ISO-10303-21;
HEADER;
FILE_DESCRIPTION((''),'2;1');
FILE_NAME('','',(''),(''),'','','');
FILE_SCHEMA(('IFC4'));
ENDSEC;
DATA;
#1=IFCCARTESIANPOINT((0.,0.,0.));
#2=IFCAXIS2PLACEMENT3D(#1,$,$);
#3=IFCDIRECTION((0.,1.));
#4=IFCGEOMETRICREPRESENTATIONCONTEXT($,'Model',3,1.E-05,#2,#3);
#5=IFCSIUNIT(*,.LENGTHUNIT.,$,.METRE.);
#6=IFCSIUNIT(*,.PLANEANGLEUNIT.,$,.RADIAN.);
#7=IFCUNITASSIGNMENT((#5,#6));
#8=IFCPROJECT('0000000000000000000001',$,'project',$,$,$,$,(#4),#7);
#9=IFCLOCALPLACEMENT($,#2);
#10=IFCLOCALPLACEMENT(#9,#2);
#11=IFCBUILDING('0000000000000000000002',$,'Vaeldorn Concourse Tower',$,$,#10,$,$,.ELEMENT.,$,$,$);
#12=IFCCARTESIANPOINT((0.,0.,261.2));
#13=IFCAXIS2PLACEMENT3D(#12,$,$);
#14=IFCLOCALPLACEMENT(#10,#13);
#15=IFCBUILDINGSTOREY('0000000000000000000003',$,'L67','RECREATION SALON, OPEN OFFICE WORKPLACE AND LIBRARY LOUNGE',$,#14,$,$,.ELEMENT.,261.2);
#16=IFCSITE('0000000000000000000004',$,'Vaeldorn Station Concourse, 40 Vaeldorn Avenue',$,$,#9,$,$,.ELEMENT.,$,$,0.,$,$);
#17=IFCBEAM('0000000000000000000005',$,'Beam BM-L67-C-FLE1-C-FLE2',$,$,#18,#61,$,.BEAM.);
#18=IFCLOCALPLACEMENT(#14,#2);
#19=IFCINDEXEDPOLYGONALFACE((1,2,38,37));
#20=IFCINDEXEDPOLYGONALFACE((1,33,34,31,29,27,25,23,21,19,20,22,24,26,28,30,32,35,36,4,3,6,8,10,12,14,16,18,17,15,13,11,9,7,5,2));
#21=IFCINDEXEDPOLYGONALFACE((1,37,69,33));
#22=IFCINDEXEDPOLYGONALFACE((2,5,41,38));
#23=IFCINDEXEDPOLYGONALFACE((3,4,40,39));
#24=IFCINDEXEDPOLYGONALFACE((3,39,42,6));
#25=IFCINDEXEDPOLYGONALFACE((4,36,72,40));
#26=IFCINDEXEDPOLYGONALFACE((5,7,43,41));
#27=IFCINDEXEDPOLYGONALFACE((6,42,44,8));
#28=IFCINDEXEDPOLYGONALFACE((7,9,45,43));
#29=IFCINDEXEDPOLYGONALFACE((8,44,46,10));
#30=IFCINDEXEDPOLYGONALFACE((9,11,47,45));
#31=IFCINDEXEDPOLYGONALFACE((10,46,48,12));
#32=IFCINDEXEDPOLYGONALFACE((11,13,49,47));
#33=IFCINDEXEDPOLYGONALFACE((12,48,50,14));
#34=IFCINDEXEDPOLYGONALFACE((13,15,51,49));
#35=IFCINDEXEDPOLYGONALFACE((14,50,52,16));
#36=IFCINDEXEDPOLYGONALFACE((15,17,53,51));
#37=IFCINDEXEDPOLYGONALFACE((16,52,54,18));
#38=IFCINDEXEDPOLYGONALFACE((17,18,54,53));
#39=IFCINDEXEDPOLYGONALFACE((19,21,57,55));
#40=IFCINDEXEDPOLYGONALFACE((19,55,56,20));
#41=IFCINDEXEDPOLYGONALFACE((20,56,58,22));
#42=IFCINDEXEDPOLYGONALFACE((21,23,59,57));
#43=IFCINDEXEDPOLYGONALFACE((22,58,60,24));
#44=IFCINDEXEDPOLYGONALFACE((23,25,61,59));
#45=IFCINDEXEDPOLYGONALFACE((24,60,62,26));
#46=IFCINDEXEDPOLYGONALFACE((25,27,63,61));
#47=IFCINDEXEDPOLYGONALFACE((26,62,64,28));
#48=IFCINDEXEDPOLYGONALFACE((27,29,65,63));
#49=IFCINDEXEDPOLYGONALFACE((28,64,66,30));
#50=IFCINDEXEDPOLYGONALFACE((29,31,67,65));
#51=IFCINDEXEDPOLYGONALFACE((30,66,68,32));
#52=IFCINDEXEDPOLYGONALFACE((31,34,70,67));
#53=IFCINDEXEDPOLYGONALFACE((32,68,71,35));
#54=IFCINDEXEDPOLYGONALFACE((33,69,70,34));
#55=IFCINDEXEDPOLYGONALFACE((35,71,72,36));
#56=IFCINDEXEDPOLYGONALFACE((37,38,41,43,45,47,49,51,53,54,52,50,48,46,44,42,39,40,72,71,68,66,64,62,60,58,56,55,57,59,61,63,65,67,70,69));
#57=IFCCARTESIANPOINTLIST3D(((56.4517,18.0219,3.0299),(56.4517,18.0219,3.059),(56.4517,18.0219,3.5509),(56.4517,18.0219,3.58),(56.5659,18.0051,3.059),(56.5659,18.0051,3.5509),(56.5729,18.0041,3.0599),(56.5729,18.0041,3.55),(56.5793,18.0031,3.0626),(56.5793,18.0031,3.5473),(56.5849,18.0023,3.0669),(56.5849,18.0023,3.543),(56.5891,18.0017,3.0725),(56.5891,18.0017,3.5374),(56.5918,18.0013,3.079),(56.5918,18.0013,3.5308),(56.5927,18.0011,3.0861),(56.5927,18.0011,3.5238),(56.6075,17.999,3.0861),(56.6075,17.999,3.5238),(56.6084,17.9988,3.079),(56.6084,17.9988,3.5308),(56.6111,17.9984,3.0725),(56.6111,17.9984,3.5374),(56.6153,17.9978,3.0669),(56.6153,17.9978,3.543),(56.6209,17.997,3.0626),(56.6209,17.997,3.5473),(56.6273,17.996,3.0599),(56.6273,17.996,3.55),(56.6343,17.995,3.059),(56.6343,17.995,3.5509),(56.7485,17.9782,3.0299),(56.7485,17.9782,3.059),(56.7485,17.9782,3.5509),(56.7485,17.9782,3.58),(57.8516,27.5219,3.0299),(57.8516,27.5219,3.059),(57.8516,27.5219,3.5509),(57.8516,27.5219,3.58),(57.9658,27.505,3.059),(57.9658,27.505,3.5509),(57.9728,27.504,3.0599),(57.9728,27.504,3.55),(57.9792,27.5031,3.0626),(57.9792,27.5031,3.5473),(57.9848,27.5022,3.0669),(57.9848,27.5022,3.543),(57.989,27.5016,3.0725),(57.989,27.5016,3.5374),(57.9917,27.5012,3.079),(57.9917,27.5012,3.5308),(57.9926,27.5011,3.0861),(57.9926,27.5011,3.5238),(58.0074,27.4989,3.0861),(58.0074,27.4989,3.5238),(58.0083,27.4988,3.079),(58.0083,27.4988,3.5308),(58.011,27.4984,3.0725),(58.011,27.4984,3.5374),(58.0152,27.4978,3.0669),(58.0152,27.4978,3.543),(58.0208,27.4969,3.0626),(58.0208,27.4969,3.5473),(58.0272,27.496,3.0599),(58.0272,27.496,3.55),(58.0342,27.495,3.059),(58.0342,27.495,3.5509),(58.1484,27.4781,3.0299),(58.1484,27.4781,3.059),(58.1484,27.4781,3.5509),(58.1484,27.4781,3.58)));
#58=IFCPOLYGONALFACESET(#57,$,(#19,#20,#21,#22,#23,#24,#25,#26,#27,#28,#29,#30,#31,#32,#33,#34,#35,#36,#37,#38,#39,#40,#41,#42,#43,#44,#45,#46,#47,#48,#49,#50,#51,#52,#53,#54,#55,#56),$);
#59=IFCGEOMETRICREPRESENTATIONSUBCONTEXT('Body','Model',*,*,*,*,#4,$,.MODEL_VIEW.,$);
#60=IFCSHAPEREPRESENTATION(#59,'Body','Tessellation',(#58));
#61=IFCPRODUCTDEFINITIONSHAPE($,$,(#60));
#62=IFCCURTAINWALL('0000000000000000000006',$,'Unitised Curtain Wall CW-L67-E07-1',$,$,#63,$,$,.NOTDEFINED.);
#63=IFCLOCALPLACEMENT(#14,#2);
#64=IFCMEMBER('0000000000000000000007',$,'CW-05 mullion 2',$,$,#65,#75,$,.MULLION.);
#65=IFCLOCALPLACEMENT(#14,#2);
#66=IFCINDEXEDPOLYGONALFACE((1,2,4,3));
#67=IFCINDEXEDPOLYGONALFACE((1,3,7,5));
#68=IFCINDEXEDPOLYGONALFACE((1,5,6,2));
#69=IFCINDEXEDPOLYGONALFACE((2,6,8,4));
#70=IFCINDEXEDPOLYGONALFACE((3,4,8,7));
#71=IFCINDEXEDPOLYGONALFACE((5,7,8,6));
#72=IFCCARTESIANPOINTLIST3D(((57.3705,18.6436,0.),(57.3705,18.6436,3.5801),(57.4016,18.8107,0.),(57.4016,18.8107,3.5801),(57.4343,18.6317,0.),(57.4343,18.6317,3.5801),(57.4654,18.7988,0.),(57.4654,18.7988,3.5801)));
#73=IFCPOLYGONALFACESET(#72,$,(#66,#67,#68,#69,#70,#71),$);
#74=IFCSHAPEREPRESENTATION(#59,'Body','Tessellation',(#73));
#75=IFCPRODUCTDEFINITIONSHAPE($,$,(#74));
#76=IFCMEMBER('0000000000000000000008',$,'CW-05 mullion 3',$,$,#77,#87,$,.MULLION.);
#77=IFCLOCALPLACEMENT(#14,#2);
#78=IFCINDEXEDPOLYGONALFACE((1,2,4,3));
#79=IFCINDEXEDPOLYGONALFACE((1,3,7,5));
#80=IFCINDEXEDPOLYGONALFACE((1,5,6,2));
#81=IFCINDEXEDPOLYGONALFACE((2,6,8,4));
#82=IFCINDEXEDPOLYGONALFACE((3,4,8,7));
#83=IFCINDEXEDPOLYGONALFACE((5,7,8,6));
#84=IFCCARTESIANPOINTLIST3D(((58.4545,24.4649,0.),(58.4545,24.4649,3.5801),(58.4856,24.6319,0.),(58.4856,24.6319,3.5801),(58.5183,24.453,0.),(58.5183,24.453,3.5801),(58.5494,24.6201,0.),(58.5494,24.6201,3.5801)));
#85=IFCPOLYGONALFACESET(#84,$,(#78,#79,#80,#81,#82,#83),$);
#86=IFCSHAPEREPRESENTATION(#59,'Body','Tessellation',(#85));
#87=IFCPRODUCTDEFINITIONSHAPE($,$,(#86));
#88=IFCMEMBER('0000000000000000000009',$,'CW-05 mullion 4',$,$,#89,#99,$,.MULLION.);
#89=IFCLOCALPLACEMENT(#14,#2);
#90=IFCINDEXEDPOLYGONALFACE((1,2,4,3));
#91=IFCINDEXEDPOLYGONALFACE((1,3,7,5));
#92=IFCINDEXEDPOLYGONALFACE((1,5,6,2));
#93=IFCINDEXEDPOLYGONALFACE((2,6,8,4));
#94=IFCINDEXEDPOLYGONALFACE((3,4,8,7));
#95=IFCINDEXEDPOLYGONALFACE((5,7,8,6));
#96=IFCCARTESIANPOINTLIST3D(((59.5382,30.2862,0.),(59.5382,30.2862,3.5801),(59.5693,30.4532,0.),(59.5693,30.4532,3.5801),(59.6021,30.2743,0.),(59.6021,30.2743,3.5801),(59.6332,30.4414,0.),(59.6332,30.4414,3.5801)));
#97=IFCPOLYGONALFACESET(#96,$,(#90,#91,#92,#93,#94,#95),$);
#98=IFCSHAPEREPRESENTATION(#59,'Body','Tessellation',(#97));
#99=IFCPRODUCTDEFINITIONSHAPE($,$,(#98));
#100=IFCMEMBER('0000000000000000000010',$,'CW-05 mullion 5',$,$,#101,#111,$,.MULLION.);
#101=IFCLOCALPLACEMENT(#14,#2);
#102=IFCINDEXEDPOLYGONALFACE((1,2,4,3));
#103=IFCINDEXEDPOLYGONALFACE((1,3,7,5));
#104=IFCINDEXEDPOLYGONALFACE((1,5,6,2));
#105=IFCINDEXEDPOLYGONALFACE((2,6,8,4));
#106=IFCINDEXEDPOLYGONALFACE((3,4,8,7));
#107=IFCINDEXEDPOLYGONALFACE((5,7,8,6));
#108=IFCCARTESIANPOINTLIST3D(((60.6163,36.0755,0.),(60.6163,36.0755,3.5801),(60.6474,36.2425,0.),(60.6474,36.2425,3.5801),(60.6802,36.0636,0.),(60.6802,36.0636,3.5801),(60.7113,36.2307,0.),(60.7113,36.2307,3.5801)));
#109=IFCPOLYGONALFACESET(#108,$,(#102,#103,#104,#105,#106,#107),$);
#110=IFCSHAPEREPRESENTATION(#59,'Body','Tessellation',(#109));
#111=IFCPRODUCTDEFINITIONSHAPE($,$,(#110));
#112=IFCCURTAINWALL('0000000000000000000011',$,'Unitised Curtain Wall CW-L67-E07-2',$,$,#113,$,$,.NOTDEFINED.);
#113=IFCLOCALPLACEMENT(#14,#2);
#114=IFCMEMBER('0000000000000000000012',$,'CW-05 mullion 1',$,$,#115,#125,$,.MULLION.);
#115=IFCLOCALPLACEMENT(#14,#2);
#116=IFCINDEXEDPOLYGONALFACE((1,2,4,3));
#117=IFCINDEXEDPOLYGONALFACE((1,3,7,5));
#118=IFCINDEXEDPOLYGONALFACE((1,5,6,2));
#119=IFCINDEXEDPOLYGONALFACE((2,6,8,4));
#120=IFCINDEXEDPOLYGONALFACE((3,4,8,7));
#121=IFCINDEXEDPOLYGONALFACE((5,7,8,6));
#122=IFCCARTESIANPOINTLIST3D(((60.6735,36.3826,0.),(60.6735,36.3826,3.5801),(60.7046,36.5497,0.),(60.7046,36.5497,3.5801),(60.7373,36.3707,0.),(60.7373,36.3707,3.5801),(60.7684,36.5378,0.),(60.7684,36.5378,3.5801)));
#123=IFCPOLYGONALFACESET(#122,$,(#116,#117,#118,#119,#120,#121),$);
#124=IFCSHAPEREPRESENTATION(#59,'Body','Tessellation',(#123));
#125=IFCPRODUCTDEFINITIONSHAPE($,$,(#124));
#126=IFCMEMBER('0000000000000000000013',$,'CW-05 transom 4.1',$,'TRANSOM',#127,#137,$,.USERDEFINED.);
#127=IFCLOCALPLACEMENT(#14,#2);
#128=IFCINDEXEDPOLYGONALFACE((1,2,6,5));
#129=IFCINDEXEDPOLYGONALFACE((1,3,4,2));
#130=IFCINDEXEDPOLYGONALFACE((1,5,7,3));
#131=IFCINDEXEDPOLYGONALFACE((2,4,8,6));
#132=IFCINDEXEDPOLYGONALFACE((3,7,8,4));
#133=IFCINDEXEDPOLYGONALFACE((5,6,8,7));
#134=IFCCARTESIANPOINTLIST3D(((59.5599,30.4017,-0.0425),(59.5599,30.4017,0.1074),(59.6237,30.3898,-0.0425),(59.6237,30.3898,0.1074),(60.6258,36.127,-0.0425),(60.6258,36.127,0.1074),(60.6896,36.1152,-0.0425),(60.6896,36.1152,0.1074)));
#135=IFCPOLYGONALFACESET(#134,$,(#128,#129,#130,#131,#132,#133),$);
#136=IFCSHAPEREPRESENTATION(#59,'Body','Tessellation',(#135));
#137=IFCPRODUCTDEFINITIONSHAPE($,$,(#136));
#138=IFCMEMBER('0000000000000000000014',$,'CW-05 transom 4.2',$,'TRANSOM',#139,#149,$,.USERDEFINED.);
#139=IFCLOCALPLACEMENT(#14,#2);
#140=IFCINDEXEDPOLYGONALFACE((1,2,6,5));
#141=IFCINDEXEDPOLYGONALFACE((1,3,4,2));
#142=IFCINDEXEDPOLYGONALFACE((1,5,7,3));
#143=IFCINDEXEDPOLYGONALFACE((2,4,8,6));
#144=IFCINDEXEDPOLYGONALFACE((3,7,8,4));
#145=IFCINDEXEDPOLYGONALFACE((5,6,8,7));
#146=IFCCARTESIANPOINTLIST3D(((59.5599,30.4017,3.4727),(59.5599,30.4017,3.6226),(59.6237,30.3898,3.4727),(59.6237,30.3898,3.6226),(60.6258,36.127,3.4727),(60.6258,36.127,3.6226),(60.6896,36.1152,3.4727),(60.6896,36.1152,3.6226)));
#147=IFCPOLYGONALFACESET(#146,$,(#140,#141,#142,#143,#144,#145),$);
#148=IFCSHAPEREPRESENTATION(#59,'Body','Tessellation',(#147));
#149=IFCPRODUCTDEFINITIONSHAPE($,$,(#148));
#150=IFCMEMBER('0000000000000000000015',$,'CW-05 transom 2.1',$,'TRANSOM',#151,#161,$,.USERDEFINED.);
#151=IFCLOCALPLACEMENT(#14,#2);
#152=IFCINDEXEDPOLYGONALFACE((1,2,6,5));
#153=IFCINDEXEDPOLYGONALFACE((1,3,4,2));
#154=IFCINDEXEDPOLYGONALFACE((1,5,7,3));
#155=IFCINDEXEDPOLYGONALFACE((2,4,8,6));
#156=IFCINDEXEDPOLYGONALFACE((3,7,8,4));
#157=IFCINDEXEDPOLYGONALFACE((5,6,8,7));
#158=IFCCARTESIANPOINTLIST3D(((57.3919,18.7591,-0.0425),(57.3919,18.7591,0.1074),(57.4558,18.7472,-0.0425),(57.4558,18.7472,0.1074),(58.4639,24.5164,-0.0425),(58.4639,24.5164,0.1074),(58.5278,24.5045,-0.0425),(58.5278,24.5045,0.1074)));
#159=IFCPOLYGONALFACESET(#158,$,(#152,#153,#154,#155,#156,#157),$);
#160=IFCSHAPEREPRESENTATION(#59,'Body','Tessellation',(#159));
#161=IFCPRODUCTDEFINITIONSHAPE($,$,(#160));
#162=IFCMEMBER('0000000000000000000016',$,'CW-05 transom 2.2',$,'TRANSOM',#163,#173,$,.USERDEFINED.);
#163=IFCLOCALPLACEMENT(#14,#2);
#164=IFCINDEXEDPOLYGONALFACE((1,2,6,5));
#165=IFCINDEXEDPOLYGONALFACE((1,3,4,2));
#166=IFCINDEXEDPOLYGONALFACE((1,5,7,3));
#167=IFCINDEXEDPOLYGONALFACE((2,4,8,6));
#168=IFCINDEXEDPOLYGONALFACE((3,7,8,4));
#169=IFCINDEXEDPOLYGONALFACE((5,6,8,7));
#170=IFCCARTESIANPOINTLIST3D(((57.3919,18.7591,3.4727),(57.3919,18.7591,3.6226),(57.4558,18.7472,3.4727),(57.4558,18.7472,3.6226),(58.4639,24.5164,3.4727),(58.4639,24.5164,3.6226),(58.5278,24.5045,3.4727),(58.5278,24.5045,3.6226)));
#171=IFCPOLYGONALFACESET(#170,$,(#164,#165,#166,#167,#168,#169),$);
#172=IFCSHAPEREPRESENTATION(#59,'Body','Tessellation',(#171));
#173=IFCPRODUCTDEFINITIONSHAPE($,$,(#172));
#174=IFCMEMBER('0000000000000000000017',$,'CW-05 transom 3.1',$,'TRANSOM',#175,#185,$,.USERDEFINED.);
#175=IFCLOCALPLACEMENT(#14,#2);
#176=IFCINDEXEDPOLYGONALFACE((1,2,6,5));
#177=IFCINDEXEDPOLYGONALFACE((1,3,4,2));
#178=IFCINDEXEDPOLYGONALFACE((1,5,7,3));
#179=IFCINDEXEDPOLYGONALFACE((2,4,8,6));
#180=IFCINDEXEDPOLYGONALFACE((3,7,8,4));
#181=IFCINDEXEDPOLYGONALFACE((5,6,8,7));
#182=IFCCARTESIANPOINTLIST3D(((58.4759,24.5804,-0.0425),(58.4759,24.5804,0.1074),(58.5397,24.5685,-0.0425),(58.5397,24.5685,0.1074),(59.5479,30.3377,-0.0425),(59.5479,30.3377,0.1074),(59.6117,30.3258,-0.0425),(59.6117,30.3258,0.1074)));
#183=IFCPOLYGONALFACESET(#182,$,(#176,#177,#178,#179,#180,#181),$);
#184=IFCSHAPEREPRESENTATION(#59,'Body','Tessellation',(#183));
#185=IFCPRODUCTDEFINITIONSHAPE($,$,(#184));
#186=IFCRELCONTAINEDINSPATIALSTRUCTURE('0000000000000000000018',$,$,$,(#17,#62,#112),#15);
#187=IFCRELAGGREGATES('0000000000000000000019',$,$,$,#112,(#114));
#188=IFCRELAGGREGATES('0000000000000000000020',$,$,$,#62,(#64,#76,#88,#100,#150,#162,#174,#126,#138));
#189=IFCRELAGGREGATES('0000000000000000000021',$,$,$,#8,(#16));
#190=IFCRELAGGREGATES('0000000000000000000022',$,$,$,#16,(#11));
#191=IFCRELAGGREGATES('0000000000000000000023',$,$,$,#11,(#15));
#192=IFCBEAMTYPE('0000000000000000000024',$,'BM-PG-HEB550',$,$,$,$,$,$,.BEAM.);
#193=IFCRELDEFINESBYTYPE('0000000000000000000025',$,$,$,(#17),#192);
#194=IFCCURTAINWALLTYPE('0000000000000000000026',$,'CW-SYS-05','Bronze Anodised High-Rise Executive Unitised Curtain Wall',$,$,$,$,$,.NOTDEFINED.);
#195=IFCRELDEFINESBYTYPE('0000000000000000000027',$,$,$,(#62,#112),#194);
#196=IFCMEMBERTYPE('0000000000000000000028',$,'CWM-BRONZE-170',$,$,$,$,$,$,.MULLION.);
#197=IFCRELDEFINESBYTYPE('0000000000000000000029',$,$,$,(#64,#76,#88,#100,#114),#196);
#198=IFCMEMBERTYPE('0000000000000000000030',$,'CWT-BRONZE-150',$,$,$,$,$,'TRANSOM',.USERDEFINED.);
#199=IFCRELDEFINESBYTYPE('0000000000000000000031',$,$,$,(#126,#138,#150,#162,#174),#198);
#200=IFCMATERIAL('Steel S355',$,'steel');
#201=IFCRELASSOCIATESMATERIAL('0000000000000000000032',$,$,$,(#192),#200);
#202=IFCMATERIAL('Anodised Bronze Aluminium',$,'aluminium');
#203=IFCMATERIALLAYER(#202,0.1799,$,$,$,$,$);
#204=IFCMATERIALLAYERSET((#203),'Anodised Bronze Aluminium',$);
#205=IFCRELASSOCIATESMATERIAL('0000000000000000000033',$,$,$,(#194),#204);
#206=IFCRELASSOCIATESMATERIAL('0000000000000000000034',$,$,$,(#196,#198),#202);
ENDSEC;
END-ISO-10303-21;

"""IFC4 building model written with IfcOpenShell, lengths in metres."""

from ifc_helpers import new_model, si_unit, direction, frame, origin, origin_2d, place, context, subcontext, project, spatial, rectangle, i_section, extrude, source, transform, mapped, material, layer, layer_set, material_profile, profile_set, type_object, element, aggregate, save


model = new_model("IFC4")

# Units and contexts
model_context = context("Model", 3, precision=1e-05, world=origin(), true_north=direction((0.0, 1.0)))
body_context = subcontext(model_context, "Body", "Model", "MODEL_VIEW")
ifc_project = project(units=[si_unit("LENGTHUNIT", "METRE"), si_unit("PLANEANGLEUNIT", "RADIAN")], contexts=[model_context])

# Site, building, storey
site_placement = place(None, origin())
site = spatial("IfcSite", under=ifc_project, at=site_placement, Name="Vaeldorn Station Concourse, 40 Vaeldorn Avenue", CompositionType="ELEMENT", RefElevation=0.0)
building_placement = place(site_placement, origin())
building = spatial("IfcBuilding", under=site, at=building_placement, Name="Vaeldorn Concourse Tower", CompositionType="ELEMENT")
storey_placement = place(building_placement, frame((0.0, 0.0, 261.2)))
storey = spatial("IfcBuildingStorey", under=building, at=storey_placement, Name="L67", Description="RECREATION SALON, OPEN OFFICE WORKPLACE AND LIBRARY LOUNGE", CompositionType="ELEMENT", Elevation=261.2)

# Shared definitions
ifc_material_1 = material(Name="Steel S355", Category="steel")

# Beam
ifc_material_profile_1 = material_profile(ifc_material_1, i_section(OverallWidth=0.3, OverallDepth=0.55, WebThickness=0.0149, FlangeThickness=0.0291, FilletRadius=0.0271, at=origin_2d()), Name="HEB 550")
ifc_profile_set_1 = profile_set([ifc_material_profile_1], Name="Steel S355")
beam_type_1 = type_object("IfcBeamType", Name="BM-PG-HEB550", PredefinedType="BEAM", material=ifc_profile_set_1)
shared_shape_1 = source(origin(), body_context, "Body", "SweptSolid", [
    extrude(i_section(OverallWidth=0.3, OverallDepth=0.55, WebThickness=0.0149, FlangeThickness=0.0291, FilletRadius=0.0271, at=origin_2d()), origin(), (0.0, 0.0, 1.0), 9.6025),
])
beam_1_placement = place(storey_placement, frame((58.0, 27.5, 3.3049), z_axis=(-0.145784, -0.989316, 0.0), x_axis=(0.989316, -0.145784, 0.0)))
element("IfcBeam", 1, at=beam_1_placement, inside=storey, type_object=beam_type_1, Name="Beam BM-L67-C-FLE1-C-FLE2", PredefinedType="BEAM", context=body_context, shape_type="MappedRepresentation", body=[
    mapped(shared_shape_1, transform((0.0, 0.0, 0.0), scale=1.0)),
])

# Curtain wall, members
ifc_material_2 = material(Name="Anodised Bronze Aluminium", Category="aluminium")
ifc_layer_1 = layer(ifc_material_2, 0.1799)
ifc_layer_set_1 = layer_set([ifc_layer_1], Name="Anodised Bronze Aluminium")
curtain_wall_type = type_object("IfcCurtainWallType", Name="CW-SYS-05", Description="Bronze Anodised High-Rise Executive Unitised Curtain Wall", PredefinedType="NOTDEFINED", material=ifc_layer_set_1)
curtain_wall_1_placement = place(storey_placement, origin())
curtain_wall_1 = element("IfcCurtainWall", 2, at=curtain_wall_1_placement, inside=storey, type_object=curtain_wall_type, Name="Unitised Curtain Wall CW-L67-E07-1", PredefinedType="NOTDEFINED")
ifc_material_profile_2 = material_profile(ifc_material_2, rectangle(XDim=0.0649, YDim=0.1699, at=origin_2d()), Name="CWM 65x170")
ifc_profile_set_2 = profile_set([ifc_material_profile_2], Name="Anodised Bronze Aluminium")
member_type_1 = type_object("IfcMemberType", Name="CWM-BRONZE-170", PredefinedType="MULLION", material=ifc_profile_set_2)
shared_shape_2 = source(origin(), body_context, "Body", "SweptSolid", [
    extrude(rectangle(XDim=0.0649, YDim=0.1699, at=origin_2d()), origin(), (0.0, 0.0, 1.0), 3.5801),
])
member_1_placement = place(storey_placement, frame((57.418, 18.7212, 0.0), z_axis=(0.0, 0.0, 1.0), x_axis=(-0.983103, 0.183055, 0.0)))
member_1 = element("IfcMember", 3, at=member_1_placement, type_object=member_type_1, Name="CW-05 mullion 2", PredefinedType="MULLION", context=body_context, shape_type="MappedRepresentation", body=[
    mapped(shared_shape_2, transform((0.0, 0.0, 0.0), scale=1.0)),
])
member_2_placement = place(storey_placement, frame((58.502, 24.5425, 0.0), z_axis=(0.0, 0.0, 1.0), x_axis=(-0.983103, 0.183055, 0.0)))
member_2 = element("IfcMember", 4, at=member_2_placement, type_object=member_type_1, Name="CW-05 mullion 3", PredefinedType="MULLION", context=body_context, shape_type="MappedRepresentation", body=[
    mapped(shared_shape_2, transform((0.0, 0.0, 0.0), scale=1.0)),
])
member_3_placement = place(storey_placement, frame((59.5857, 30.3638, 0.0), z_axis=(0.0, 0.0, 1.0), x_axis=(-0.983103, 0.183055, 0.0)))
member_3 = element("IfcMember", 5, at=member_3_placement, type_object=member_type_1, Name="CW-05 mullion 4", PredefinedType="MULLION", context=body_context, shape_type="MappedRepresentation", body=[
    mapped(shared_shape_2, transform((0.0, 0.0, 0.0), scale=1.0)),
])
member_4_placement = place(storey_placement, frame((60.6638, 36.1531, 0.0), z_axis=(0.0, 0.0, 1.0), x_axis=(-0.983103, 0.183055, 0.0)))
member_4 = element("IfcMember", 6, at=member_4_placement, type_object=member_type_1, Name="CW-05 mullion 5", PredefinedType="MULLION", context=body_context, shape_type="MappedRepresentation", body=[
    mapped(shared_shape_2, transform((0.0, 0.0, 0.0), scale=1.0)),
])

# Curtain wall, member
curtain_wall_2_placement = place(storey_placement, origin())
curtain_wall_2 = element("IfcCurtainWall", 7, at=curtain_wall_2_placement, inside=storey, type_object=curtain_wall_type, Name="Unitised Curtain Wall CW-L67-E07-2", PredefinedType="NOTDEFINED")
member_5_placement = place(storey_placement, frame((60.7209, 36.4602, 0.0), z_axis=(0.0, 0.0, 1.0), x_axis=(-0.983103, 0.183054, 0.0)))
member_5 = element("IfcMember", 8, at=member_5_placement, type_object=member_type_1, Name="CW-05 mullion 1", PredefinedType="MULLION", context=body_context, shape_type="MappedRepresentation", body=[
    mapped(shared_shape_2, transform((0.0, 0.0, 0.0), scale=1.0)),
])

# Members
ifc_material_profile_3 = material_profile(ifc_material_2, rectangle(XDim=0.0649, YDim=0.1499, at=origin_2d()), Name="CWT 65x150")
ifc_profile_set_3 = profile_set([ifc_material_profile_3], Name="Anodised Bronze Aluminium")
member_type_2 = type_object("IfcMemberType", Name="CWT-BRONZE-150", ElementType="TRANSOM", PredefinedType="USERDEFINED", material=ifc_profile_set_3)
shared_shape_3 = source(origin(), body_context, "Body", "SweptSolid", [
    extrude(rectangle(XDim=0.0649, YDim=0.1499, at=origin_2d()), origin(), (0.0, 0.0, 1.0), 5.8237),
])
member_6_placement = place(storey_placement, frame((59.5918, 30.3958, 0.0325), z_axis=(0.18303, 0.983107, 0.0), x_axis=(-0.983107, 0.18303, 0.0)))
member_6 = element("IfcMember", 9, at=member_6_placement, type_object=member_type_2, Name="CW-05 transom 4.1", ObjectType="TRANSOM", PredefinedType="USERDEFINED", context=body_context, shape_type="MappedRepresentation", body=[
    mapped(shared_shape_3, transform((0.0, 0.0, 0.0), scale=1.0)),
])
member_7_placement = place(storey_placement, frame((59.5918, 30.3958, 3.5476), z_axis=(0.18303, 0.983107, 0.0), x_axis=(-0.983107, 0.18303, 0.0)))
member_7 = element("IfcMember", 10, at=member_7_placement, type_object=member_type_2, Name="CW-05 transom 4.2", ObjectType="TRANSOM", PredefinedType="USERDEFINED", context=body_context, shape_type="MappedRepresentation", body=[
    mapped(shared_shape_3, transform((0.0, 0.0, 0.0), scale=1.0)),
])
shared_shape_4 = source(origin(), body_context, "Body", "SweptSolid", [
    extrude(rectangle(XDim=0.0649, YDim=0.1499, at=origin_2d()), origin(), (0.0, 0.0, 1.0), 5.8562),
])
member_8_placement = place(storey_placement, frame((57.4238, 18.7532, 0.0325), z_axis=(0.183055, 0.983103, 0.0), x_axis=(-0.983103, 0.183055, 0.0)))
member_8 = element("IfcMember", 11, at=member_8_placement, type_object=member_type_2, Name="CW-05 transom 2.1", ObjectType="TRANSOM", PredefinedType="USERDEFINED", context=body_context, shape_type="MappedRepresentation", body=[
    mapped(shared_shape_4, transform((0.0, 0.0, 0.0), scale=1.0)),
])
member_9_placement = place(storey_placement, frame((57.4238, 18.7532, 3.5476), z_axis=(0.183055, 0.983103, 0.0), x_axis=(-0.983103, 0.183055, 0.0)))
member_9 = element("IfcMember", 12, at=member_9_placement, type_object=member_type_2, Name="CW-05 transom 2.2", ObjectType="TRANSOM", PredefinedType="USERDEFINED", context=body_context, shape_type="MappedRepresentation", body=[
    mapped(shared_shape_4, transform((0.0, 0.0, 0.0), scale=1.0)),
])
member_10_placement = place(storey_placement, frame((58.5078, 24.5745, 0.0325), z_axis=(0.183055, 0.983103, 0.0), x_axis=(-0.983103, 0.183055, 0.0)))
member_10 = element("IfcMember", 13, at=member_10_placement, type_object=member_type_2, Name="CW-05 transom 3.1", ObjectType="TRANSOM", PredefinedType="USERDEFINED", context=body_context, shape_type="MappedRepresentation", body=[
    mapped(shared_shape_4, transform((0.0, 0.0, 0.0), scale=1.0)),
])
aggregate(curtain_wall_2, [member_5])

aggregate(curtain_wall_1, [member_1, member_2, member_3, member_4, member_8, member_9, member_10, member_6, member_7])

save(model, "model.ifc")
